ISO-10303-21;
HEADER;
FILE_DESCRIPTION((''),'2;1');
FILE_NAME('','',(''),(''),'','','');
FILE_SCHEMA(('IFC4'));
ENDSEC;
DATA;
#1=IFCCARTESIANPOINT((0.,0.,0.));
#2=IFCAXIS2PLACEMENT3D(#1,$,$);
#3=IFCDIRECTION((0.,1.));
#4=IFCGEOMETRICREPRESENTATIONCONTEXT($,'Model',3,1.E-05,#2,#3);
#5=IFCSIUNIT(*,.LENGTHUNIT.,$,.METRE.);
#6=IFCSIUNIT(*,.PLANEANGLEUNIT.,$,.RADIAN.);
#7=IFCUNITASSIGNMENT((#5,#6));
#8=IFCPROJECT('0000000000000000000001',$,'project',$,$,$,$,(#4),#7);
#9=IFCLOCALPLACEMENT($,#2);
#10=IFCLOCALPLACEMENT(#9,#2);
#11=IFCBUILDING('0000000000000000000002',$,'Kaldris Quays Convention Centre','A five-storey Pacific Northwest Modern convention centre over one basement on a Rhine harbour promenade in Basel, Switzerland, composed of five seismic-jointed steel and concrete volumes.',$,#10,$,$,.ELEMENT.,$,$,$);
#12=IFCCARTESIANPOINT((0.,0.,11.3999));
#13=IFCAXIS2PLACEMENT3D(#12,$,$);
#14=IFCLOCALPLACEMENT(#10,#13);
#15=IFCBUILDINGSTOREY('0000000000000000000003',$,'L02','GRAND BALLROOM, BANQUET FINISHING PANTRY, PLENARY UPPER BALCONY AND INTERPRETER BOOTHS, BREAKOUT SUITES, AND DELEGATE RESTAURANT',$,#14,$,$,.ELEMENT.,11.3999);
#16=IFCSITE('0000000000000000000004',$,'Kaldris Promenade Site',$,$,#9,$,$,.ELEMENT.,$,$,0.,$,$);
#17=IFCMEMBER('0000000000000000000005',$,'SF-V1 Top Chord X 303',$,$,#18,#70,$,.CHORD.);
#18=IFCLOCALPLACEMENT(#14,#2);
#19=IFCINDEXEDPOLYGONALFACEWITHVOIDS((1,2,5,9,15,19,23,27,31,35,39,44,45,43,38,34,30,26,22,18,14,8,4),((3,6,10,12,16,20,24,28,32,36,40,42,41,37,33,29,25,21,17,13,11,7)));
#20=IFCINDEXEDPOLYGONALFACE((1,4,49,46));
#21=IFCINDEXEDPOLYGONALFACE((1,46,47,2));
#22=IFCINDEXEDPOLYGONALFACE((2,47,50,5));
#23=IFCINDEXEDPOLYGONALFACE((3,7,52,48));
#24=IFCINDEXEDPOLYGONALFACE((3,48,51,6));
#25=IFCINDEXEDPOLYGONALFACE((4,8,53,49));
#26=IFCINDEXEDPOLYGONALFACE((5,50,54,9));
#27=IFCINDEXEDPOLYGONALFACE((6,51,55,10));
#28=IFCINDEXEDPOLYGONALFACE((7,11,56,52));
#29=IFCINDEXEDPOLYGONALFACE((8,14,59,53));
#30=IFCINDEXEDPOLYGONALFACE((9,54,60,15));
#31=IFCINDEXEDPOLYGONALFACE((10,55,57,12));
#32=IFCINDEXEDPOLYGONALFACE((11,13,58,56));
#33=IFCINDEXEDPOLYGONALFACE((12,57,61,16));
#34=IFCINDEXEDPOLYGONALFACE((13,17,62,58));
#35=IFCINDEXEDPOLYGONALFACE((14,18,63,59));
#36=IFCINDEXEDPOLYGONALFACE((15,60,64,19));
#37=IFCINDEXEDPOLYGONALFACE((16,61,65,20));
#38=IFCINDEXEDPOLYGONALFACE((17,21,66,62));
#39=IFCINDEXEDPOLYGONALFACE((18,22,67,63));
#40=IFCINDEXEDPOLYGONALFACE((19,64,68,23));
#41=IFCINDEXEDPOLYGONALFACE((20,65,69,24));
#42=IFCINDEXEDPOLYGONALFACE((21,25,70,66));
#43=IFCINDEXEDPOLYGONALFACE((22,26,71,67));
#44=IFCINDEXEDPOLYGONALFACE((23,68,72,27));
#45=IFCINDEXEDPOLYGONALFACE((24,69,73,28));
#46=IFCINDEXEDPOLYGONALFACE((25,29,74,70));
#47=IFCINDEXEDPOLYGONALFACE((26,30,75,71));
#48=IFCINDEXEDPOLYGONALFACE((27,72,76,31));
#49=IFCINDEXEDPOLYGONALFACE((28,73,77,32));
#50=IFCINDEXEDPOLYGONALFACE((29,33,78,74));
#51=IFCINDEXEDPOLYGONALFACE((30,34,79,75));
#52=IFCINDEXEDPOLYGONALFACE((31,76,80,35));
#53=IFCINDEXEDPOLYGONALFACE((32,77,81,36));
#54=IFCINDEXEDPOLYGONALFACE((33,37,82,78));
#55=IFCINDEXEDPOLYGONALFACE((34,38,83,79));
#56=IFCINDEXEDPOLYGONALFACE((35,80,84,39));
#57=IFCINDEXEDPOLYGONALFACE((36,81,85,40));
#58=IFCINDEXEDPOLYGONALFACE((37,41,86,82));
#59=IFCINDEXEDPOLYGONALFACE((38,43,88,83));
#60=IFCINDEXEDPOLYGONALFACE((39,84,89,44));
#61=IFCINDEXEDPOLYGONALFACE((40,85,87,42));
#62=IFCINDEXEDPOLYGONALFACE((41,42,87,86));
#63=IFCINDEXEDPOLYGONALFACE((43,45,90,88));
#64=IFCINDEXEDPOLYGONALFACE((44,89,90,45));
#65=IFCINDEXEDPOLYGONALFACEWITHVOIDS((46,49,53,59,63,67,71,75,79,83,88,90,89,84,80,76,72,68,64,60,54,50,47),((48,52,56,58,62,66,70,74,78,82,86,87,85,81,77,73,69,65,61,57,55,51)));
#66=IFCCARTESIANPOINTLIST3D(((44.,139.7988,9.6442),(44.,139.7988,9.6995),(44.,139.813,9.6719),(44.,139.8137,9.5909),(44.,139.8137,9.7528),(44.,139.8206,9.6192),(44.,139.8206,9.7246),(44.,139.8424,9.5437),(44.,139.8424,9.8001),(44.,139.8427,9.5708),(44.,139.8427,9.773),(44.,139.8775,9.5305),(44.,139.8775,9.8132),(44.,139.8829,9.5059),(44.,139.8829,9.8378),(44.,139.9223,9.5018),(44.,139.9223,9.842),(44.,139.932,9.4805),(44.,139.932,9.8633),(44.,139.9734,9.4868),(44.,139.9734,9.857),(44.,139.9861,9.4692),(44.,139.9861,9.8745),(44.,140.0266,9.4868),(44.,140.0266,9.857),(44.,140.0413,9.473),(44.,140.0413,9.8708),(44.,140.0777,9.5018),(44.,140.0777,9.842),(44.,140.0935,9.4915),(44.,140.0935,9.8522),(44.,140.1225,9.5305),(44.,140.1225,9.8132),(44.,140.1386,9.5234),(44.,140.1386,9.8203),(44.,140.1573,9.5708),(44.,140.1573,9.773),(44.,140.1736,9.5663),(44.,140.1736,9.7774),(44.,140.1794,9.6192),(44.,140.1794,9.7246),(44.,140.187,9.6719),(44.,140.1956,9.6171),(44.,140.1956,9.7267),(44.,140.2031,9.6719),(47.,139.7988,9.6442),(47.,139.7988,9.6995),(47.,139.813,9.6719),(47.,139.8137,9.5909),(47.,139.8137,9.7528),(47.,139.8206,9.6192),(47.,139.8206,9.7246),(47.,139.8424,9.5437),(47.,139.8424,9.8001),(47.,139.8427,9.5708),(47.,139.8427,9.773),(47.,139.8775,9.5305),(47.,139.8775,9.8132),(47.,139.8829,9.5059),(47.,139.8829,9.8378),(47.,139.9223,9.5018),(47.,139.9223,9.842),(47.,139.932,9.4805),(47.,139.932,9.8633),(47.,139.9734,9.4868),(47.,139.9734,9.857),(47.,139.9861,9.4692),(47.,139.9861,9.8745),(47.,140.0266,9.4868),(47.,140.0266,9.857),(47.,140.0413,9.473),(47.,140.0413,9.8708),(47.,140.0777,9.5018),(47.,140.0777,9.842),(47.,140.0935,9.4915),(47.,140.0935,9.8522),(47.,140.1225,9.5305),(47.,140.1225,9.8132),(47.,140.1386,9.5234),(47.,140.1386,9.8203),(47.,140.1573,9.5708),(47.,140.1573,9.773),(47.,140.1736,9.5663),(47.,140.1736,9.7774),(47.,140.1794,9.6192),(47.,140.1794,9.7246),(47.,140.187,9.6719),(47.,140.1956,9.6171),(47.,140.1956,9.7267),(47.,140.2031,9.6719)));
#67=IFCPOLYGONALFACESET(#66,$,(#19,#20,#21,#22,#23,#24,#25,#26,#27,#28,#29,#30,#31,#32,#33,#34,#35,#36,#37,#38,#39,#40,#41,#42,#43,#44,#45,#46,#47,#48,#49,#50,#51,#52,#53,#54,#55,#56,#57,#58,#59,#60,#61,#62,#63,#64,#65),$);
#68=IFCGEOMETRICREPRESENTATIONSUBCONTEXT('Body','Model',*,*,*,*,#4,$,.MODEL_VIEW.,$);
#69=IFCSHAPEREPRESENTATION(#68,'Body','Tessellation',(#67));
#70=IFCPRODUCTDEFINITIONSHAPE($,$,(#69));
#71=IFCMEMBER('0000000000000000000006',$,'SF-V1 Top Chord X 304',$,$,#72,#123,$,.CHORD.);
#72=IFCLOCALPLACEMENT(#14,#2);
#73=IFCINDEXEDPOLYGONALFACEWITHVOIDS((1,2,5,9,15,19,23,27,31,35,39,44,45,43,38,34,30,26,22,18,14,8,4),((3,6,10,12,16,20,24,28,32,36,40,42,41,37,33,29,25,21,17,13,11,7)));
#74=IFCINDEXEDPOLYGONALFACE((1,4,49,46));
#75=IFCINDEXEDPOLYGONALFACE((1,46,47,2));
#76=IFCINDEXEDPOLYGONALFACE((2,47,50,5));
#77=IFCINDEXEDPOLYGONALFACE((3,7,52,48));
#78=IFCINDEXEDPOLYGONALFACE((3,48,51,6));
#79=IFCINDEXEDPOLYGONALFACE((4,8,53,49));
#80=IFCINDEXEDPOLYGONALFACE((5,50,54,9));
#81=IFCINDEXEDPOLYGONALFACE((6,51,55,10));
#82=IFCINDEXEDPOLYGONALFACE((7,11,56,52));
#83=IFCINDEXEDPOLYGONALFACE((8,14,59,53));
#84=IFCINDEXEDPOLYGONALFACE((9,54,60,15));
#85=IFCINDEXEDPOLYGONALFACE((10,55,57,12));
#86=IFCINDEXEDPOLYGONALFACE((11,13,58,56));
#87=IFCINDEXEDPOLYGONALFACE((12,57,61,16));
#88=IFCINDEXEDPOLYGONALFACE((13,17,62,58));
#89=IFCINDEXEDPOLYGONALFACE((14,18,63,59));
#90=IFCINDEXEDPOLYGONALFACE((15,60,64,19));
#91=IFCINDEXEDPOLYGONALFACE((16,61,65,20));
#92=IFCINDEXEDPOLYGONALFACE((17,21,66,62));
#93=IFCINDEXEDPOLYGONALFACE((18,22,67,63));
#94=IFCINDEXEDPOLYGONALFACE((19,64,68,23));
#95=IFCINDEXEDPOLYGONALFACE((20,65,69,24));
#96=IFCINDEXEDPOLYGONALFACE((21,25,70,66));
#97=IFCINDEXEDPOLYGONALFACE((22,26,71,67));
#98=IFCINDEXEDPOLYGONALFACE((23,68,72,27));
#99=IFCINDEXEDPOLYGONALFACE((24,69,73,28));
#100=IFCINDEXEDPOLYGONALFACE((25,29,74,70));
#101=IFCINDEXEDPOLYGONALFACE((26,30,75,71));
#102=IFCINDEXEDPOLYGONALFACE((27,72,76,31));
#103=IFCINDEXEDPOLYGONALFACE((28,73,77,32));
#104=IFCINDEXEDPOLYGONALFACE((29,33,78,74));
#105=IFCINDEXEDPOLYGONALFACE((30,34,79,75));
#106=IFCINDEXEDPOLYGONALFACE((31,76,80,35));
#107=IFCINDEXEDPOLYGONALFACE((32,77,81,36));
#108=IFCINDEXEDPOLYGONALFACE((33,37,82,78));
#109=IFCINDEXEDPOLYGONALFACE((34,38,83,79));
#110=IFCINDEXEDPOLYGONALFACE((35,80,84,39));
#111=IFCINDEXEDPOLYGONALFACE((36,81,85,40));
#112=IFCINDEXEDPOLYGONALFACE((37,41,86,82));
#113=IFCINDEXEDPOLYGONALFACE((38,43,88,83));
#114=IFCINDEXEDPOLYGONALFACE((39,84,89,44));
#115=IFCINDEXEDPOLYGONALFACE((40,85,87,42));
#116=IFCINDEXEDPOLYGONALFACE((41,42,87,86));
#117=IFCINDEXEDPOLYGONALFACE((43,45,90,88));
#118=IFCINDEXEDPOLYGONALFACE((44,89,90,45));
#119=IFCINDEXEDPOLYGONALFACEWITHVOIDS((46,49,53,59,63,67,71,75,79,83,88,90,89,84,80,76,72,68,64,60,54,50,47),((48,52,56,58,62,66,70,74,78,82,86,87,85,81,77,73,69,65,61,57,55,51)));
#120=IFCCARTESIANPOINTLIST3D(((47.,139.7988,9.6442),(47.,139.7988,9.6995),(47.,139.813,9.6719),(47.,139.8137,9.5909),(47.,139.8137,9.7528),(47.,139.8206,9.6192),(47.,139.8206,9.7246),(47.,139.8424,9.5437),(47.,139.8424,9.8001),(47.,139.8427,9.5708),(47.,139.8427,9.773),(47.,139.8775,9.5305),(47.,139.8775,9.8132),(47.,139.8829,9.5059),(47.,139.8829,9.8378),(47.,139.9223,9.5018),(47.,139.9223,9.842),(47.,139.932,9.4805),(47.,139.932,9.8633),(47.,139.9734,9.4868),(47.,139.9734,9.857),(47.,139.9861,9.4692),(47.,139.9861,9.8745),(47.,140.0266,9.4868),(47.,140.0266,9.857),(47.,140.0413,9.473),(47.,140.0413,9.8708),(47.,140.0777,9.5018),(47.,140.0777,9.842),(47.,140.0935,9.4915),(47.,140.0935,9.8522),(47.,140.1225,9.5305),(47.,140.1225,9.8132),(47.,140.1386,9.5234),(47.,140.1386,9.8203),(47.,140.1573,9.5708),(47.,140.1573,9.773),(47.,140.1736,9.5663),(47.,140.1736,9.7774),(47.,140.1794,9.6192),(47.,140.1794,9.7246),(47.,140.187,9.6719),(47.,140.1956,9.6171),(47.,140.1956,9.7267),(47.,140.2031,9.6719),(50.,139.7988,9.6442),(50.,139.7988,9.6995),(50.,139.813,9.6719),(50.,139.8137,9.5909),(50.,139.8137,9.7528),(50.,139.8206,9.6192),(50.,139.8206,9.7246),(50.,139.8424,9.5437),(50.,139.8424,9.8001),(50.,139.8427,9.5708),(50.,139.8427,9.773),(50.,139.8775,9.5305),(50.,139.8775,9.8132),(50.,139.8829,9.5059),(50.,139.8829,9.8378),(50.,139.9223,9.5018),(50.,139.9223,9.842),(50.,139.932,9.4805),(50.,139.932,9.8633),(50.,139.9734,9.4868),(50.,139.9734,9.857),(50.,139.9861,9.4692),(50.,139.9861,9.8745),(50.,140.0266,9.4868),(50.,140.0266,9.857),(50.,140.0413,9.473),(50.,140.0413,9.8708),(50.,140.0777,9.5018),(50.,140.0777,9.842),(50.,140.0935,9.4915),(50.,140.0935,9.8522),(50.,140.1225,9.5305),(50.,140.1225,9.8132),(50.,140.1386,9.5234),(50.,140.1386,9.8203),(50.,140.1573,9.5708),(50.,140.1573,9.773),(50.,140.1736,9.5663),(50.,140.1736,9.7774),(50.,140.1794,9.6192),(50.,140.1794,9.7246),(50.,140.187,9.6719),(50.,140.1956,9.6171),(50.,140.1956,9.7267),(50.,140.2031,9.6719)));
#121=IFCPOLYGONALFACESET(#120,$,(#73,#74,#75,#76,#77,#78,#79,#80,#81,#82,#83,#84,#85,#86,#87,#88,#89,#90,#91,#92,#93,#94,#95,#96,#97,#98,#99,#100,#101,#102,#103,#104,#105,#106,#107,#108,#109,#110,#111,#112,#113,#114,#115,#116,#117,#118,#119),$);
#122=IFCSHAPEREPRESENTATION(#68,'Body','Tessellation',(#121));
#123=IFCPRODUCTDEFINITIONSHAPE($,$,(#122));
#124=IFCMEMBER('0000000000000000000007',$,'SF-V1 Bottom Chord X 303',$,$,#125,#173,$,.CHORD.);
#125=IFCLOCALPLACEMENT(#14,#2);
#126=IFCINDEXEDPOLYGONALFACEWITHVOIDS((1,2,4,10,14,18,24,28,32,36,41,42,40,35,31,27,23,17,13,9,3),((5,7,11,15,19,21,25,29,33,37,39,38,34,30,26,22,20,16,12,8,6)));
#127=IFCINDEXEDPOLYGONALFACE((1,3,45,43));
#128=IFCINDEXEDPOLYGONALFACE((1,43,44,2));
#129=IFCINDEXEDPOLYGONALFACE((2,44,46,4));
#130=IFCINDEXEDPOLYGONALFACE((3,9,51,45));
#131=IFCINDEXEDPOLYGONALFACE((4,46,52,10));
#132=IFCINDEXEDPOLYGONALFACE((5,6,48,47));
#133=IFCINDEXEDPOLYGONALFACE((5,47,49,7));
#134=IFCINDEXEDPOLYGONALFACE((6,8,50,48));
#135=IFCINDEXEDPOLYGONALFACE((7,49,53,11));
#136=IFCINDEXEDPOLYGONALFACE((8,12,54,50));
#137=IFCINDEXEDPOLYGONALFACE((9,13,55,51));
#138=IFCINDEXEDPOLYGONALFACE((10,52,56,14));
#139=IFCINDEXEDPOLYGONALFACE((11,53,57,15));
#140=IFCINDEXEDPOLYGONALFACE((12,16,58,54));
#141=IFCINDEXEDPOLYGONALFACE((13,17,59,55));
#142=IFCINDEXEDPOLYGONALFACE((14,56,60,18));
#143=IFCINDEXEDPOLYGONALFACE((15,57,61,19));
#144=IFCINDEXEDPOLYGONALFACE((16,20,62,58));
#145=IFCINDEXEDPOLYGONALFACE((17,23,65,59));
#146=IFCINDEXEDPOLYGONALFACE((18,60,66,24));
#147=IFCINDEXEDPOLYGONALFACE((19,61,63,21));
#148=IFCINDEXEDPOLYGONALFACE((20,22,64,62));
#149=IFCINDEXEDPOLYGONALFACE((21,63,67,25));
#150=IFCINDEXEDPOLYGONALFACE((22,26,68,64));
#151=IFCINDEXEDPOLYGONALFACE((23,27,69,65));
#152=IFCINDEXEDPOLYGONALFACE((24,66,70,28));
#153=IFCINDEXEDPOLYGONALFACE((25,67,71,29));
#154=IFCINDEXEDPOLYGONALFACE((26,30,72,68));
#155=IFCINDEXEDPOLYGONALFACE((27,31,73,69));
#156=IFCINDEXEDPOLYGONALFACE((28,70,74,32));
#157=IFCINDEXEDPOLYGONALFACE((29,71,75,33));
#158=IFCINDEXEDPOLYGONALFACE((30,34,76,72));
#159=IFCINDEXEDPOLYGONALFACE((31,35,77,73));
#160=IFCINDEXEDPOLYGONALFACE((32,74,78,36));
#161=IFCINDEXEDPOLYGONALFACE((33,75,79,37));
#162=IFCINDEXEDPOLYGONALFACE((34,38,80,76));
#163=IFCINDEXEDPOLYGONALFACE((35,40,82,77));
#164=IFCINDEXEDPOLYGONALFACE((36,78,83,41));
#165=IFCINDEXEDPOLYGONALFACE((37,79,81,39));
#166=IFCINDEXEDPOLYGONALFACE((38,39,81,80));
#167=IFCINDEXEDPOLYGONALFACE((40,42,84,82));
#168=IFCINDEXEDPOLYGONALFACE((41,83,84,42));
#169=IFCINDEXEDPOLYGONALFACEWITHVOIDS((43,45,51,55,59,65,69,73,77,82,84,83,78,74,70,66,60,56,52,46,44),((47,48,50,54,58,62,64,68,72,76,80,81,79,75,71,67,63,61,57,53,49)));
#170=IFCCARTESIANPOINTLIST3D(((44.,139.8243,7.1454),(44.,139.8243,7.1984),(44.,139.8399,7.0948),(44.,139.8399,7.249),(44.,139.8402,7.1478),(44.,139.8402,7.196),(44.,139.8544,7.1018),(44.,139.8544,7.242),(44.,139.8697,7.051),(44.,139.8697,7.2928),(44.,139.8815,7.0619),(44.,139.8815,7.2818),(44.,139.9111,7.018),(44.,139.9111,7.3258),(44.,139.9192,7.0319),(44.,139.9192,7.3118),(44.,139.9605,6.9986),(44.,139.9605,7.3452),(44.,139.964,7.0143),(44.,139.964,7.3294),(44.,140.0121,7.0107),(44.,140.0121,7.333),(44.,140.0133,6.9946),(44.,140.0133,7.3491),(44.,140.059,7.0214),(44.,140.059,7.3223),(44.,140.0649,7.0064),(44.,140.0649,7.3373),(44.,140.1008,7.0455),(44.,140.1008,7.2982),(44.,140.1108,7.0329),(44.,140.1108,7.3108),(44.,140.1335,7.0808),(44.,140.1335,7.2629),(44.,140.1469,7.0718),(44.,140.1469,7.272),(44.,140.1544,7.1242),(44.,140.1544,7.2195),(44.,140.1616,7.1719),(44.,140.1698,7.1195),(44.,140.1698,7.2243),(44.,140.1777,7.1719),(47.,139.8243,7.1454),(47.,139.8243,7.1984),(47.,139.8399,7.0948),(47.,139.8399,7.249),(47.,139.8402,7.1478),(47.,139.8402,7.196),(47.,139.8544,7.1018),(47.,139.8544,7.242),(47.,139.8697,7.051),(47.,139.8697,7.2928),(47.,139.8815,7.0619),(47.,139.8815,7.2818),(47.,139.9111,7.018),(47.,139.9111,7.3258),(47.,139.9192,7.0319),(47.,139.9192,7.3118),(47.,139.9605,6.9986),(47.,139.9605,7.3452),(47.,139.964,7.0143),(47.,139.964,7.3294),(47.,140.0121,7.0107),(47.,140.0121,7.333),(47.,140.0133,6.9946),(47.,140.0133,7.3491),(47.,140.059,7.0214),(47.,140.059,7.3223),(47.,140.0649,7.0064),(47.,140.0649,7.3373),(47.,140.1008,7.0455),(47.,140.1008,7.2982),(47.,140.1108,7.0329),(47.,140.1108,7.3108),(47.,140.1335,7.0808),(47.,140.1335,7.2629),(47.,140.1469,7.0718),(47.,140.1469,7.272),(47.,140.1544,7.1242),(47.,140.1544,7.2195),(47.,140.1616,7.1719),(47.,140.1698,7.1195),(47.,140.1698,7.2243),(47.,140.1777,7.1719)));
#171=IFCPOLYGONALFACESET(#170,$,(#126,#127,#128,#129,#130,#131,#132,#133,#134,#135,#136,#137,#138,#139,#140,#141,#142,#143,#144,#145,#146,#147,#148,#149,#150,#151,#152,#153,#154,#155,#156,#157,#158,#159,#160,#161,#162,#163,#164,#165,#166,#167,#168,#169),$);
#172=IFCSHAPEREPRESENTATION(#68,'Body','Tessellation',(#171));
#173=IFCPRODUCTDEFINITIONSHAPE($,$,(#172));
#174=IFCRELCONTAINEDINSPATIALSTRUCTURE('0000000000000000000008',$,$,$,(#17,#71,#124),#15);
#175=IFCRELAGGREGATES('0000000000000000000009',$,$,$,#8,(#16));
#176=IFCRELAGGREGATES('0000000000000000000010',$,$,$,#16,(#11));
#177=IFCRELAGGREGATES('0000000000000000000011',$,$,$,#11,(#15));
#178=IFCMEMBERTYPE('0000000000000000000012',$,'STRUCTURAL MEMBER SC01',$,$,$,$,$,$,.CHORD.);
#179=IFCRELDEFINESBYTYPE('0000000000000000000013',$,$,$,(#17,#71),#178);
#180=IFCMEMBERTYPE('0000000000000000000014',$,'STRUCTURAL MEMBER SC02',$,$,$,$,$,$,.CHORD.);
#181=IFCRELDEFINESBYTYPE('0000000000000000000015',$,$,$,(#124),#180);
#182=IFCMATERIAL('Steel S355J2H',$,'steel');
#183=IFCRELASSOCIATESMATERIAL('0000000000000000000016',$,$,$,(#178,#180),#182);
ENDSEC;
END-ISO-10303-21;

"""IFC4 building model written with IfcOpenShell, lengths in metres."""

from ifc_helpers import new_model, si_unit, direction, frame, origin, origin_2d, place, context, subcontext, project, spatial, hollow_circle, extrude, material, material_profile, profile_set, type_object, element, save


model = new_model("IFC4")

# Units and contexts
model_context = context("Model", 3, precision=1e-05, world=origin(), true_north=direction((0.0, 1.0)))
body_context = subcontext(model_context, "Body", "Model", "MODEL_VIEW")
ifc_project = project(units=[si_unit("LENGTHUNIT", "METRE"), si_unit("PLANEANGLEUNIT", "RADIAN")], contexts=[model_context])

# Site, building, storey
site_placement = place(None, origin())
site = spatial("IfcSite", under=ifc_project, at=site_placement, Name="Kaldris Promenade Site", CompositionType="ELEMENT", RefElevation=0.0)
building_placement = place(site_placement, origin())
building = spatial("IfcBuilding", under=site, at=building_placement, Name="Kaldris Quays Convention Centre", Description="A five-storey Pacific Northwest Modern convention centre over one basement on a Rhine harbour promenade in Basel, Switzerland, composed of five seismic-jointed steel and concrete volumes.", CompositionType="ELEMENT")
storey_placement = place(building_placement, frame((0.0, 0.0, 11.3999)))
storey = spatial("IfcBuildingStorey", under=building, at=storey_placement, Name="L02", Description="GRAND BALLROOM, BANQUET FINISHING PANTRY, PLENARY UPPER BALCONY AND INTERPRETER BOOTHS, BREAKOUT SUITES, AND DELEGATE RESTAURANT", CompositionType="ELEMENT", Elevation=11.3999)

# Members
ifc_material_1 = material(Name="Steel S355J2H", Category="steel")
ifc_material_profile_1 = material_profile(ifc_material_1, hollow_circle(Radius=0.2031, WallThickness=0.0161, at=origin_2d()), Name="CHS 406.4x16")
ifc_profile_set_1 = profile_set([ifc_material_profile_1], Name="Steel S355J2H")
member_type_1 = type_object("IfcMemberType", Name="STRUCTURAL MEMBER SC01", PredefinedType="CHORD", material=ifc_profile_set_1)
for number, where, z_axis, x_axis, name in (
    (1, (44.0, 140.0, 9.6719), (1.0, 0.0, 0.0), (0.0, 1.0, 0.0), "SF-V1 Top Chord X 303"),
    (2, (47.0, 140.0, 9.6719), (1.0, 0.0, 0.0), (0.0, 1.0, 0.0), "SF-V1 Top Chord X 304"),
):
    element("IfcMember", number, at=place(storey_placement, frame(where, z_axis=z_axis, x_axis=x_axis)), inside=storey, type_object=member_type_1, Name=name, PredefinedType="CHORD", context=body_context, shape_type="SweptSolid", body=[
        extrude(hollow_circle(Radius=0.2031, WallThickness=0.0161, at=origin_2d()), origin(), (0.0, 0.0, 1.0), 3.0),
    ])
ifc_material_profile_2 = material_profile(ifc_material_1, hollow_circle(Radius=0.1777, WallThickness=0.0161, at=origin_2d()), Name="CHS 355.6x16")
ifc_profile_set_2 = profile_set([ifc_material_profile_2], Name="Steel S355J2H")
member_type_2 = type_object("IfcMemberType", Name="STRUCTURAL MEMBER SC02", PredefinedType="CHORD", material=ifc_profile_set_2)
for number, where, z_axis, x_axis, name in (
    (3, (44.0, 140.0, 7.1719), (1.0, 0.0, 0.0), (0.0, 1.0, 0.0), "SF-V1 Bottom Chord X 303"),
):
    element("IfcMember", number, at=place(storey_placement, frame(where, z_axis=z_axis, x_axis=x_axis)), inside=storey, type_object=member_type_2, Name=name, PredefinedType="CHORD", context=body_context, shape_type="SweptSolid", body=[
        extrude(hollow_circle(Radius=0.1777, WallThickness=0.0161, at=origin_2d()), origin(), (0.0, 0.0, 1.0), 3.0),
    ])

save(model, "model.ifc")
